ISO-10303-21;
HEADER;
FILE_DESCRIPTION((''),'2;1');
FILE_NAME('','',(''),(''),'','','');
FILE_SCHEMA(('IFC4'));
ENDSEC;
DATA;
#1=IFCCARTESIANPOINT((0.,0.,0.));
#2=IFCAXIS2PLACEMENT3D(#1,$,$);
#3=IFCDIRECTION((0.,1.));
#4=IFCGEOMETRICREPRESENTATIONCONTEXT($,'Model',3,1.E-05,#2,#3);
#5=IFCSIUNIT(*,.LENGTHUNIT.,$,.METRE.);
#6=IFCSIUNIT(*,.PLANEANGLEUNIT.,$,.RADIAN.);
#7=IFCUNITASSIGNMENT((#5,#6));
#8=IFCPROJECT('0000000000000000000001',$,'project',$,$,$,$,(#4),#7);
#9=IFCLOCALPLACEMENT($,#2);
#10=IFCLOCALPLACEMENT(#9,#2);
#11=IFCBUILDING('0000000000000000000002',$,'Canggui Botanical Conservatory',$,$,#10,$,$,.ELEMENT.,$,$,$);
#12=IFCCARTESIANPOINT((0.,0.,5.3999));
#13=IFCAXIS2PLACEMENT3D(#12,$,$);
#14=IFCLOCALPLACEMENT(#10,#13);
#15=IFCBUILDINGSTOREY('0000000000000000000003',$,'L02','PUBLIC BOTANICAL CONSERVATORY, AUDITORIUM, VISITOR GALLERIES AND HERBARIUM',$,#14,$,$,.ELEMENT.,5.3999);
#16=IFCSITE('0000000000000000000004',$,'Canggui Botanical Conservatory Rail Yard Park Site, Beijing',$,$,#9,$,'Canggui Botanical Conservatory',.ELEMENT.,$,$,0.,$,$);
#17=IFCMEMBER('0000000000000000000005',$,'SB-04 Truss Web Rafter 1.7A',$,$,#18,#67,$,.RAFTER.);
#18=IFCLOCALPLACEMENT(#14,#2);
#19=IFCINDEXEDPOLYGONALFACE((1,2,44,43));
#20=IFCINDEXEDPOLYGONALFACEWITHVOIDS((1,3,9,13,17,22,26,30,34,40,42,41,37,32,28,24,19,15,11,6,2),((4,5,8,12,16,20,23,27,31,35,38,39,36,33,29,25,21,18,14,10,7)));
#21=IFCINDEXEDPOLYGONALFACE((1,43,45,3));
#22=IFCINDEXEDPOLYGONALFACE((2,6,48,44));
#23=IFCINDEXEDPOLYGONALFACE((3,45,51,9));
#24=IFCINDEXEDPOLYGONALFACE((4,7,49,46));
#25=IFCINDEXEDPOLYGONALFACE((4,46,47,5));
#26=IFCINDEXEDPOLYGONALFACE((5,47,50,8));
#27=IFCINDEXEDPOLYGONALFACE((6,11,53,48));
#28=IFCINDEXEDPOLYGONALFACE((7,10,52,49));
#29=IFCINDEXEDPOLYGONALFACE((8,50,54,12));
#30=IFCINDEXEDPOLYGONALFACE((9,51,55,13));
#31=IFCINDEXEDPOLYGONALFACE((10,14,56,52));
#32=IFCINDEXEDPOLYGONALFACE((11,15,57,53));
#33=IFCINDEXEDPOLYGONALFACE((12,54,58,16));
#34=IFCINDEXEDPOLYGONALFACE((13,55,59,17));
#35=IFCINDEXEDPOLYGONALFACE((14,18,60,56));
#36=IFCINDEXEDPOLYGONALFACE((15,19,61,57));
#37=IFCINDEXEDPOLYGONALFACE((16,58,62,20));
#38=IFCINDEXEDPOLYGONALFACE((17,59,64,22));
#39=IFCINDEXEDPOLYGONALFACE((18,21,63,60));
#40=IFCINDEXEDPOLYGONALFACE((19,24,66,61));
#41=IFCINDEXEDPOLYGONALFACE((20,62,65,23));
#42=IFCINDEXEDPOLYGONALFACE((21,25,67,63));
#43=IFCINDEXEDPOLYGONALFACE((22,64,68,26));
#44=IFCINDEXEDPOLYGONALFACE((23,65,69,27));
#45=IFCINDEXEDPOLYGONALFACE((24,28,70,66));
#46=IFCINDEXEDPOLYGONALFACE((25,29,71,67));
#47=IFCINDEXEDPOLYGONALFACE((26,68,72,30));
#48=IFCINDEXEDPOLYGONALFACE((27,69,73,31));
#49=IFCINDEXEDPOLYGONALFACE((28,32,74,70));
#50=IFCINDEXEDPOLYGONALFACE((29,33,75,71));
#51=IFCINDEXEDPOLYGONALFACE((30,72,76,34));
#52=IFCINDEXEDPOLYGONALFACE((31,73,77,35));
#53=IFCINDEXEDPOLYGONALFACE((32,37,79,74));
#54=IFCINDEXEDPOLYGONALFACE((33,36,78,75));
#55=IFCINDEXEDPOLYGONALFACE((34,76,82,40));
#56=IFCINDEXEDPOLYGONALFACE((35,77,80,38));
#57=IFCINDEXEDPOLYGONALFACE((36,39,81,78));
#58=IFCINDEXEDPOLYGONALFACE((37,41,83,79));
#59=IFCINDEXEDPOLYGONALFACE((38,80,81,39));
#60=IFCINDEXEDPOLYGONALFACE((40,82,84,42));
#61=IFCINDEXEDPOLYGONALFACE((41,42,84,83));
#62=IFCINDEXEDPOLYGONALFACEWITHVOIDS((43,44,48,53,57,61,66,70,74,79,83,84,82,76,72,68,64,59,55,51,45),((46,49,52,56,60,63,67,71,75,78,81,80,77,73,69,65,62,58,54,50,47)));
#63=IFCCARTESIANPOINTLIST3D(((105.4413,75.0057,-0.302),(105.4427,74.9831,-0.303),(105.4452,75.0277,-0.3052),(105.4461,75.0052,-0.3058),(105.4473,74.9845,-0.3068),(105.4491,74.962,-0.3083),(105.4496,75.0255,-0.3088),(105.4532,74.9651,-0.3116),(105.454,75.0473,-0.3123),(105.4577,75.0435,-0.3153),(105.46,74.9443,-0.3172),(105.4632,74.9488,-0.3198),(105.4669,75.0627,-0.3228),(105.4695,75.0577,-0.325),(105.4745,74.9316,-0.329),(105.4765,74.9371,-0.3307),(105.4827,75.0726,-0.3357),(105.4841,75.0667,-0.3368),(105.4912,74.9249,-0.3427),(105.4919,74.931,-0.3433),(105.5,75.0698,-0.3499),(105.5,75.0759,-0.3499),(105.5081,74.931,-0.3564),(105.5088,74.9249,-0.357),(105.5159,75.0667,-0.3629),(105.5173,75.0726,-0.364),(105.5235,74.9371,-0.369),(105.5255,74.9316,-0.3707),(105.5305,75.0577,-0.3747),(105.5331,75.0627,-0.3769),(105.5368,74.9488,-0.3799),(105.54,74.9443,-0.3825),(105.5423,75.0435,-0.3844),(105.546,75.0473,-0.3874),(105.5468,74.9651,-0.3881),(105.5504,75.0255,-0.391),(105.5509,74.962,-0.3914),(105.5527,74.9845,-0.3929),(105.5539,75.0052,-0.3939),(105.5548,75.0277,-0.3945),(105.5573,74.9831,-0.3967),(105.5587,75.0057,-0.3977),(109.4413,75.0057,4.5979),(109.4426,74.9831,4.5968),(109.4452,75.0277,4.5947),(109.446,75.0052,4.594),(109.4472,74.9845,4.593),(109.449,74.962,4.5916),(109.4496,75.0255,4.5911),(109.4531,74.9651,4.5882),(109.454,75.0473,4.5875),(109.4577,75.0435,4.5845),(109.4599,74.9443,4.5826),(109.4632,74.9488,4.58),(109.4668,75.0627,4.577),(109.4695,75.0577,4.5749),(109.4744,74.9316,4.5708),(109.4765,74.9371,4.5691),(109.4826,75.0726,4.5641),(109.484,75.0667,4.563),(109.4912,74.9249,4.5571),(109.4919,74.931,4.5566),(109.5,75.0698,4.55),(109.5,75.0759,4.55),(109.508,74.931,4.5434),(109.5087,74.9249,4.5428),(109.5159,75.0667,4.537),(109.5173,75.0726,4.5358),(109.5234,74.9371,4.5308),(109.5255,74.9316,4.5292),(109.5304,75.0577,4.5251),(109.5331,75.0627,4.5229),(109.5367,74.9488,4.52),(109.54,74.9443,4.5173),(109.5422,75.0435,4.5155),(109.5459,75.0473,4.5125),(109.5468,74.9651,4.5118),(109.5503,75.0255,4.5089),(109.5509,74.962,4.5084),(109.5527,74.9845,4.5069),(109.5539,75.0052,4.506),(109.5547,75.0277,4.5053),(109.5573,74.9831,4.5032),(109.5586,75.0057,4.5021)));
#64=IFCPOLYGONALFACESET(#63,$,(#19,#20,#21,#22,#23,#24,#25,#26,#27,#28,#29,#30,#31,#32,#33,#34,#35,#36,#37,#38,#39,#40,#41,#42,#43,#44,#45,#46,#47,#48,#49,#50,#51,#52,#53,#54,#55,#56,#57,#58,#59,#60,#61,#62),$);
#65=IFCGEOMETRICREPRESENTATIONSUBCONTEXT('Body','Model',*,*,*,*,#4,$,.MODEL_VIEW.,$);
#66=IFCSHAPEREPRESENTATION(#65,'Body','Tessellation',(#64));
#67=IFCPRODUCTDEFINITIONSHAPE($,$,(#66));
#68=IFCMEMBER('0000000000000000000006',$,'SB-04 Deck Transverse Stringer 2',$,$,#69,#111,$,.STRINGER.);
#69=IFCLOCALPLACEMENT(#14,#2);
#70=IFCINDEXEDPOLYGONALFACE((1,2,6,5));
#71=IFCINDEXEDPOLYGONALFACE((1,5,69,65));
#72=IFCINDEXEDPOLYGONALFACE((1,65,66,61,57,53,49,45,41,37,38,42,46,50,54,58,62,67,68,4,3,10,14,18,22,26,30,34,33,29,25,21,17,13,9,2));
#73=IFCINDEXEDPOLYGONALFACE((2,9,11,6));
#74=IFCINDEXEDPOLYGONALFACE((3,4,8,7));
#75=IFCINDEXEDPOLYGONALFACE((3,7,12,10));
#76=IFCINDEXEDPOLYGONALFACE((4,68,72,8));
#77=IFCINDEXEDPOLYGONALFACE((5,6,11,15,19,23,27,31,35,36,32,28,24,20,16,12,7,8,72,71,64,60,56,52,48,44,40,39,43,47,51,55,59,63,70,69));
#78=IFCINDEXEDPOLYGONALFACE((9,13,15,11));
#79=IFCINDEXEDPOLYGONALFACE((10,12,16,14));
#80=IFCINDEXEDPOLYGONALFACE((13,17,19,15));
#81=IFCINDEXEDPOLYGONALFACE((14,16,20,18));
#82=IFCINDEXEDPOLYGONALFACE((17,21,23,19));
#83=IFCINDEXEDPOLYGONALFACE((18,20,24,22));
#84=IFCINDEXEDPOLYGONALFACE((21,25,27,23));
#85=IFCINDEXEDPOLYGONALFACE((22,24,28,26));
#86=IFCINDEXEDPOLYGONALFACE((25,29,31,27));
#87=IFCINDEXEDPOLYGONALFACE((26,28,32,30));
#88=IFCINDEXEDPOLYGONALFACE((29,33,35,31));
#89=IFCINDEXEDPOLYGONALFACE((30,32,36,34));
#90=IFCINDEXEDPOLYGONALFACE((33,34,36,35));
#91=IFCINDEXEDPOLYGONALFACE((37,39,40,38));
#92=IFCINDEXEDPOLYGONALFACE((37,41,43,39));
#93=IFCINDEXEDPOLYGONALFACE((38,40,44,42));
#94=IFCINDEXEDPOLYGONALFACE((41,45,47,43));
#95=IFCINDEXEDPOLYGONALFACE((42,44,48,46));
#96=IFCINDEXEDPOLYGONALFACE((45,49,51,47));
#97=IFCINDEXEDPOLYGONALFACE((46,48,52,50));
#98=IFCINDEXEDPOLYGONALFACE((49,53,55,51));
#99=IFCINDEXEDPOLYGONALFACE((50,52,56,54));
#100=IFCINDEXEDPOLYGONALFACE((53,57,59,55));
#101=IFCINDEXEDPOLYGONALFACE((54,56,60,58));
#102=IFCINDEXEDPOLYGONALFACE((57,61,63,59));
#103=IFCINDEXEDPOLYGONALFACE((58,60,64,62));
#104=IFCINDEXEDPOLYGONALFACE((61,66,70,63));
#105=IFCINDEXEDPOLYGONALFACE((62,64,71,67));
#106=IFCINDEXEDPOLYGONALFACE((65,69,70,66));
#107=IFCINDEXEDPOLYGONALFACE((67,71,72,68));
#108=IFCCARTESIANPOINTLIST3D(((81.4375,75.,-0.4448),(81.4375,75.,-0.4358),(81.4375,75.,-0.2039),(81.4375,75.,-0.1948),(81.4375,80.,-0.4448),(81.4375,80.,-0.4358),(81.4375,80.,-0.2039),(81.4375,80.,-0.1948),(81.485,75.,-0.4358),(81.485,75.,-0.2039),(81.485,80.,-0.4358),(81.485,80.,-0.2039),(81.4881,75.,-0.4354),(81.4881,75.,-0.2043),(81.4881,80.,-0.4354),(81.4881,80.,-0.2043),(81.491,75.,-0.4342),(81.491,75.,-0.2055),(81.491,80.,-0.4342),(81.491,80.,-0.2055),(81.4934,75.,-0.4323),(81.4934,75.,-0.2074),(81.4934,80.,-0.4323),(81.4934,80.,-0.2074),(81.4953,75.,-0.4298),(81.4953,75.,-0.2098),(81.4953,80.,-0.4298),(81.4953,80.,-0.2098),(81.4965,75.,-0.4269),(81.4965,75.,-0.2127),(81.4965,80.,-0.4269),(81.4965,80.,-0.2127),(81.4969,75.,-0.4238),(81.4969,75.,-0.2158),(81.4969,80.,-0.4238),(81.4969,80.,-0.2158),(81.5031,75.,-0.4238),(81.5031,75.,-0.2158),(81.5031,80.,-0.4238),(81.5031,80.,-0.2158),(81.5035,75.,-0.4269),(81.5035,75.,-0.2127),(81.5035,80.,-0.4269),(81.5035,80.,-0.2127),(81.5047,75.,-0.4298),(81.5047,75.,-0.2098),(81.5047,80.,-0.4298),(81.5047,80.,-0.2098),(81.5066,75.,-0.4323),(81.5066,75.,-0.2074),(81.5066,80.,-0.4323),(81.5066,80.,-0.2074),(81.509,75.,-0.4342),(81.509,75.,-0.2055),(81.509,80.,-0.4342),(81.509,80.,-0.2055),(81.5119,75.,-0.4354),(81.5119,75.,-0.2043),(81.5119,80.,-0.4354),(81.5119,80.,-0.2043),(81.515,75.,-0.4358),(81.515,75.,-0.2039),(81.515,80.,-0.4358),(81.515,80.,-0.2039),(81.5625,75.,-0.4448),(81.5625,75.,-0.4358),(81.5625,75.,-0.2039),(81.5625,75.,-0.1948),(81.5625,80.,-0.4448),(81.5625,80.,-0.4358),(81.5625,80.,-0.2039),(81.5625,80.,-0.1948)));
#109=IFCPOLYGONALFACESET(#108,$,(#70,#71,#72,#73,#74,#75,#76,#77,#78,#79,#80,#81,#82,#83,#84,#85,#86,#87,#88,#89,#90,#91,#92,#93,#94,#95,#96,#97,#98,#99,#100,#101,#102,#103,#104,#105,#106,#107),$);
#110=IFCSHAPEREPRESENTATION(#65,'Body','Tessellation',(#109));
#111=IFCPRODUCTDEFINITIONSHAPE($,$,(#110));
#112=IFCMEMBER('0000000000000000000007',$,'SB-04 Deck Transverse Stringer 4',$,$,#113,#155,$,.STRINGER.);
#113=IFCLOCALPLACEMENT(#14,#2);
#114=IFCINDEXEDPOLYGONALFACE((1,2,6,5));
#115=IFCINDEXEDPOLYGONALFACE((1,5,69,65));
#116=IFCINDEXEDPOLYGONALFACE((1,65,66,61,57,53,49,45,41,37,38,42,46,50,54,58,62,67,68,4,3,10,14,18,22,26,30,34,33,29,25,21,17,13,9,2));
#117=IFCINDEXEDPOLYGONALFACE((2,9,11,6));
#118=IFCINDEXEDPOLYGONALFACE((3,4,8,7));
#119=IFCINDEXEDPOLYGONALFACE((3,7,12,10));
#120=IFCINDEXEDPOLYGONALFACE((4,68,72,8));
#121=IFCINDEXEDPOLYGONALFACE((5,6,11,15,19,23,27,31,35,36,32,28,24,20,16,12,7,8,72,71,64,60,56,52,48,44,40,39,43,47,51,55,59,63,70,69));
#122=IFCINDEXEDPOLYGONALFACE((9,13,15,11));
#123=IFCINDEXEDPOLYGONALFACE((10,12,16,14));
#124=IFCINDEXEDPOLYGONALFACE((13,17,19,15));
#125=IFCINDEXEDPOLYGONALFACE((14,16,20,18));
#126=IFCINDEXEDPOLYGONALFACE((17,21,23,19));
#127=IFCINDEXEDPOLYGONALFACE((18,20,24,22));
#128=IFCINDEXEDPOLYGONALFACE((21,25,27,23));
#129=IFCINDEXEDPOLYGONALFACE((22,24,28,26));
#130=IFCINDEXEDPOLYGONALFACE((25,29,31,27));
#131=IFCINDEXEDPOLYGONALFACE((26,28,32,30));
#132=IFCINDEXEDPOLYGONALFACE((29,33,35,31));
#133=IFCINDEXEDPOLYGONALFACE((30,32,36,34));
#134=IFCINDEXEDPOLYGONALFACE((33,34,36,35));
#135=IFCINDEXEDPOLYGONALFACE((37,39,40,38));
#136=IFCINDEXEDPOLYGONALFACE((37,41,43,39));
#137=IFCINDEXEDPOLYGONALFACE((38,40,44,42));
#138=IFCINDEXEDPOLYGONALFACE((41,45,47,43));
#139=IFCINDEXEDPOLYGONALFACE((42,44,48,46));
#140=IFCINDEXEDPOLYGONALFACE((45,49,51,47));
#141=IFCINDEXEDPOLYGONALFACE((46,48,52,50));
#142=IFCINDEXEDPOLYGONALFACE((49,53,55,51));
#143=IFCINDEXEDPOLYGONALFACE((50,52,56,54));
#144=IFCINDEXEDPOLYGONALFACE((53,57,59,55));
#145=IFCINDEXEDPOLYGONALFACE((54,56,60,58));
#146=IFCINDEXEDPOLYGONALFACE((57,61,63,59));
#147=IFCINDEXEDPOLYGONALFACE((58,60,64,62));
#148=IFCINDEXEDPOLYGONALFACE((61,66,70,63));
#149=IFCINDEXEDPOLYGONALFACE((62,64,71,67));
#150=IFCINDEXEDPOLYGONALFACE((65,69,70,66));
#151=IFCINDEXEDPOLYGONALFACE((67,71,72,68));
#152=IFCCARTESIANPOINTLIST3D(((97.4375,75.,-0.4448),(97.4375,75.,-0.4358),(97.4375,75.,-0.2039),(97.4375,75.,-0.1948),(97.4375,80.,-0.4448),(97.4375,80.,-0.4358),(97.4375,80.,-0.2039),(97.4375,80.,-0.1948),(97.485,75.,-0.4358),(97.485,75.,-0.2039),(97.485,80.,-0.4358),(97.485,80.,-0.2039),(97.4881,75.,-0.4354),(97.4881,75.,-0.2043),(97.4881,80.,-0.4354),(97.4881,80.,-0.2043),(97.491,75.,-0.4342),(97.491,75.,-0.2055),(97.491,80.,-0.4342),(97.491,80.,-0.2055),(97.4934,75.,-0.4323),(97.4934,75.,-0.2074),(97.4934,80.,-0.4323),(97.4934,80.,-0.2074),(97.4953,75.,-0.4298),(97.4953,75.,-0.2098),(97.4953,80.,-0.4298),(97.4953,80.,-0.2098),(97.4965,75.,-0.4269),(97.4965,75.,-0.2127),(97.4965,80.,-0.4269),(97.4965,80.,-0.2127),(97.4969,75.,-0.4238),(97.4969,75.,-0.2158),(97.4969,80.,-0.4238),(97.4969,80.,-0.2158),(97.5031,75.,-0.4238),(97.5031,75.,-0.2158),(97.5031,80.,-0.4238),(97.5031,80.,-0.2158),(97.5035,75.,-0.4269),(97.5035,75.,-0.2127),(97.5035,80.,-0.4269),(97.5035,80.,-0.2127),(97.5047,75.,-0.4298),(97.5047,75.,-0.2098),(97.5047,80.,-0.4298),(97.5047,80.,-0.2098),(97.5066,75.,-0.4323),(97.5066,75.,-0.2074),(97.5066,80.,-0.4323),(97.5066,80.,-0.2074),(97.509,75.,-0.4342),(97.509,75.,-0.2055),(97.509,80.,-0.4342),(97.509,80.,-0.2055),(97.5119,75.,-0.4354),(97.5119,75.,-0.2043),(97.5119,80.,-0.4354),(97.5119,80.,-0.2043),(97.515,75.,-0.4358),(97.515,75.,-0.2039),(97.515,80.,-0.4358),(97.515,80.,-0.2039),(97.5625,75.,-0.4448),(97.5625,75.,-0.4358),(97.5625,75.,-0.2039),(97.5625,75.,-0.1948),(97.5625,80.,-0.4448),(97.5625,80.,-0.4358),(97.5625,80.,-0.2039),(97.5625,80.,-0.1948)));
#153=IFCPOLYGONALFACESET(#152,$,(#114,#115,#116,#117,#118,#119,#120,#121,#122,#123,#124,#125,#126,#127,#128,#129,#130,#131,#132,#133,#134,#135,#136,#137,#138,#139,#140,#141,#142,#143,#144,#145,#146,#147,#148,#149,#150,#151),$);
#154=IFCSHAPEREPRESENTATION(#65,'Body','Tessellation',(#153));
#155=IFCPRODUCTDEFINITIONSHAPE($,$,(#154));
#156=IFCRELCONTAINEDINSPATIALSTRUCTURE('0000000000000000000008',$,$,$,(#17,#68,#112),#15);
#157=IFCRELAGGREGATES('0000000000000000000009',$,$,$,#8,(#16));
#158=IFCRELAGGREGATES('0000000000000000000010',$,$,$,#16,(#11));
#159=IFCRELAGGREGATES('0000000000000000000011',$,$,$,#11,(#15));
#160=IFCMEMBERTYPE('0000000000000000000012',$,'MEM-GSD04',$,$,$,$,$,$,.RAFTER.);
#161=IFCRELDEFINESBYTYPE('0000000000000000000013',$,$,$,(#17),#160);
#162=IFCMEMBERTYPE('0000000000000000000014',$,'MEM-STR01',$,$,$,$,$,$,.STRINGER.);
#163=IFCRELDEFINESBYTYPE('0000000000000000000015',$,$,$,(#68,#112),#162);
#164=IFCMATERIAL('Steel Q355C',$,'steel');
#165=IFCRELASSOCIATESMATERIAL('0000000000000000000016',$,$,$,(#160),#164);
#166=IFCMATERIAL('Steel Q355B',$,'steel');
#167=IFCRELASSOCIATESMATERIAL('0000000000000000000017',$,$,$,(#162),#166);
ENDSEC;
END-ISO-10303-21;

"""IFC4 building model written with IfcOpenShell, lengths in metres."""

from ifc_helpers import new_model, si_unit, direction, frame, origin, origin_2d, place, context, subcontext, project, spatial, hollow_circle, i_section, extrude, material, material_profile, profile_set, type_object, element, save


model = new_model("IFC4")

# Units and contexts
model_context = context("Model", 3, precision=1e-05, world=origin(), true_north=direction((0.0, 1.0)))
body_context = subcontext(model_context, "Body", "Model", "MODEL_VIEW")
ifc_project = project(units=[si_unit("LENGTHUNIT", "METRE"), si_unit("PLANEANGLEUNIT", "RADIAN")], contexts=[model_context])

# Site, building, storey
site_placement = place(None, origin())
site = spatial("IfcSite", under=ifc_project, at=site_placement, Name="Canggui Botanical Conservatory Rail Yard Park Site, Beijing", LongName="Canggui Botanical Conservatory", CompositionType="ELEMENT", RefElevation=0.0)
building_placement = place(site_placement, origin())
building = spatial("IfcBuilding", under=site, at=building_placement, Name="Canggui Botanical Conservatory", CompositionType="ELEMENT")
storey_placement = place(building_placement, frame((0.0, 0.0, 5.3999)))
storey = spatial("IfcBuildingStorey", under=building, at=storey_placement, Name="L02", Description="PUBLIC BOTANICAL CONSERVATORY, AUDITORIUM, VISITOR GALLERIES AND HERBARIUM", CompositionType="ELEMENT", Elevation=5.3999)

# Shared definitions
ifc_material_1 = material(Name="Steel Q355B", Category="steel")

# Members
ifc_material_2 = material(Name="Steel Q355C", Category="steel")
ifc_material_profile_1 = material_profile(ifc_material_2, hollow_circle(Radius=0.0759, WallThickness=0.0061, at=origin_2d()), Name="CHS 152x6")
ifc_profile_set_1 = profile_set([ifc_material_profile_1], Name="Steel Q355C")
member_type_1 = type_object("IfcMemberType", Name="MEM-GSD04", PredefinedType="RAFTER", material=ifc_profile_set_1)
for number, where, z_axis, x_axis, name in (
    (1, (105.5, 75.0, -0.3499), (0.632384, 0.0, 0.774655), (0.0, 1.0, 0.0), "SB-04 Truss Web Rafter 1.7A"),
):
    element("IfcMember", number, at=place(storey_placement, frame(where, z_axis=z_axis, x_axis=x_axis)), inside=storey, type_object=member_type_1, Name=name, PredefinedType="RAFTER", context=body_context, shape_type="SweptSolid", body=[
        extrude(hollow_circle(Radius=0.0759, WallThickness=0.0061, at=origin_2d()), origin(), (0.0, 0.0, 1.0), 6.3252),
    ])
ifc_material_profile_2 = material_profile(ifc_material_1, i_section(OverallWidth=0.125, OverallDepth=0.25, WebThickness=0.0061, FlangeThickness=0.009, FilletRadius=0.012, at=origin_2d()), Name="HN 250x125x6x9")
ifc_profile_set_2 = profile_set([ifc_material_profile_2], Name="Steel Q355B")
member_type_2 = type_object("IfcMemberType", Name="MEM-STR01", PredefinedType="STRINGER", material=ifc_profile_set_2)
for number, where, z_axis, x_axis, name in (
    (2, (81.5, 75.0, -0.3198), (0.0, 1.0, 0.0), (-1.0, 0.0, 0.0), "SB-04 Deck Transverse Stringer 2"),
    (3, (97.5, 75.0, -0.3198), (0.0, 1.0, 0.0), (-1.0, 0.0, 0.0), "SB-04 Deck Transverse Stringer 4"),
):
    element("IfcMember", number, at=place(storey_placement, frame(where, z_axis=z_axis, x_axis=x_axis)), inside=storey, type_object=member_type_2, Name=name, PredefinedType="STRINGER", context=body_context, shape_type="SweptSolid", body=[
        extrude(i_section(OverallWidth=0.125, OverallDepth=0.25, WebThickness=0.0061, FlangeThickness=0.009, FilletRadius=0.012, at=origin_2d()), origin(), (0.0, 0.0, 1.0), 5.0),
    ])

save(model, "model.ifc")
